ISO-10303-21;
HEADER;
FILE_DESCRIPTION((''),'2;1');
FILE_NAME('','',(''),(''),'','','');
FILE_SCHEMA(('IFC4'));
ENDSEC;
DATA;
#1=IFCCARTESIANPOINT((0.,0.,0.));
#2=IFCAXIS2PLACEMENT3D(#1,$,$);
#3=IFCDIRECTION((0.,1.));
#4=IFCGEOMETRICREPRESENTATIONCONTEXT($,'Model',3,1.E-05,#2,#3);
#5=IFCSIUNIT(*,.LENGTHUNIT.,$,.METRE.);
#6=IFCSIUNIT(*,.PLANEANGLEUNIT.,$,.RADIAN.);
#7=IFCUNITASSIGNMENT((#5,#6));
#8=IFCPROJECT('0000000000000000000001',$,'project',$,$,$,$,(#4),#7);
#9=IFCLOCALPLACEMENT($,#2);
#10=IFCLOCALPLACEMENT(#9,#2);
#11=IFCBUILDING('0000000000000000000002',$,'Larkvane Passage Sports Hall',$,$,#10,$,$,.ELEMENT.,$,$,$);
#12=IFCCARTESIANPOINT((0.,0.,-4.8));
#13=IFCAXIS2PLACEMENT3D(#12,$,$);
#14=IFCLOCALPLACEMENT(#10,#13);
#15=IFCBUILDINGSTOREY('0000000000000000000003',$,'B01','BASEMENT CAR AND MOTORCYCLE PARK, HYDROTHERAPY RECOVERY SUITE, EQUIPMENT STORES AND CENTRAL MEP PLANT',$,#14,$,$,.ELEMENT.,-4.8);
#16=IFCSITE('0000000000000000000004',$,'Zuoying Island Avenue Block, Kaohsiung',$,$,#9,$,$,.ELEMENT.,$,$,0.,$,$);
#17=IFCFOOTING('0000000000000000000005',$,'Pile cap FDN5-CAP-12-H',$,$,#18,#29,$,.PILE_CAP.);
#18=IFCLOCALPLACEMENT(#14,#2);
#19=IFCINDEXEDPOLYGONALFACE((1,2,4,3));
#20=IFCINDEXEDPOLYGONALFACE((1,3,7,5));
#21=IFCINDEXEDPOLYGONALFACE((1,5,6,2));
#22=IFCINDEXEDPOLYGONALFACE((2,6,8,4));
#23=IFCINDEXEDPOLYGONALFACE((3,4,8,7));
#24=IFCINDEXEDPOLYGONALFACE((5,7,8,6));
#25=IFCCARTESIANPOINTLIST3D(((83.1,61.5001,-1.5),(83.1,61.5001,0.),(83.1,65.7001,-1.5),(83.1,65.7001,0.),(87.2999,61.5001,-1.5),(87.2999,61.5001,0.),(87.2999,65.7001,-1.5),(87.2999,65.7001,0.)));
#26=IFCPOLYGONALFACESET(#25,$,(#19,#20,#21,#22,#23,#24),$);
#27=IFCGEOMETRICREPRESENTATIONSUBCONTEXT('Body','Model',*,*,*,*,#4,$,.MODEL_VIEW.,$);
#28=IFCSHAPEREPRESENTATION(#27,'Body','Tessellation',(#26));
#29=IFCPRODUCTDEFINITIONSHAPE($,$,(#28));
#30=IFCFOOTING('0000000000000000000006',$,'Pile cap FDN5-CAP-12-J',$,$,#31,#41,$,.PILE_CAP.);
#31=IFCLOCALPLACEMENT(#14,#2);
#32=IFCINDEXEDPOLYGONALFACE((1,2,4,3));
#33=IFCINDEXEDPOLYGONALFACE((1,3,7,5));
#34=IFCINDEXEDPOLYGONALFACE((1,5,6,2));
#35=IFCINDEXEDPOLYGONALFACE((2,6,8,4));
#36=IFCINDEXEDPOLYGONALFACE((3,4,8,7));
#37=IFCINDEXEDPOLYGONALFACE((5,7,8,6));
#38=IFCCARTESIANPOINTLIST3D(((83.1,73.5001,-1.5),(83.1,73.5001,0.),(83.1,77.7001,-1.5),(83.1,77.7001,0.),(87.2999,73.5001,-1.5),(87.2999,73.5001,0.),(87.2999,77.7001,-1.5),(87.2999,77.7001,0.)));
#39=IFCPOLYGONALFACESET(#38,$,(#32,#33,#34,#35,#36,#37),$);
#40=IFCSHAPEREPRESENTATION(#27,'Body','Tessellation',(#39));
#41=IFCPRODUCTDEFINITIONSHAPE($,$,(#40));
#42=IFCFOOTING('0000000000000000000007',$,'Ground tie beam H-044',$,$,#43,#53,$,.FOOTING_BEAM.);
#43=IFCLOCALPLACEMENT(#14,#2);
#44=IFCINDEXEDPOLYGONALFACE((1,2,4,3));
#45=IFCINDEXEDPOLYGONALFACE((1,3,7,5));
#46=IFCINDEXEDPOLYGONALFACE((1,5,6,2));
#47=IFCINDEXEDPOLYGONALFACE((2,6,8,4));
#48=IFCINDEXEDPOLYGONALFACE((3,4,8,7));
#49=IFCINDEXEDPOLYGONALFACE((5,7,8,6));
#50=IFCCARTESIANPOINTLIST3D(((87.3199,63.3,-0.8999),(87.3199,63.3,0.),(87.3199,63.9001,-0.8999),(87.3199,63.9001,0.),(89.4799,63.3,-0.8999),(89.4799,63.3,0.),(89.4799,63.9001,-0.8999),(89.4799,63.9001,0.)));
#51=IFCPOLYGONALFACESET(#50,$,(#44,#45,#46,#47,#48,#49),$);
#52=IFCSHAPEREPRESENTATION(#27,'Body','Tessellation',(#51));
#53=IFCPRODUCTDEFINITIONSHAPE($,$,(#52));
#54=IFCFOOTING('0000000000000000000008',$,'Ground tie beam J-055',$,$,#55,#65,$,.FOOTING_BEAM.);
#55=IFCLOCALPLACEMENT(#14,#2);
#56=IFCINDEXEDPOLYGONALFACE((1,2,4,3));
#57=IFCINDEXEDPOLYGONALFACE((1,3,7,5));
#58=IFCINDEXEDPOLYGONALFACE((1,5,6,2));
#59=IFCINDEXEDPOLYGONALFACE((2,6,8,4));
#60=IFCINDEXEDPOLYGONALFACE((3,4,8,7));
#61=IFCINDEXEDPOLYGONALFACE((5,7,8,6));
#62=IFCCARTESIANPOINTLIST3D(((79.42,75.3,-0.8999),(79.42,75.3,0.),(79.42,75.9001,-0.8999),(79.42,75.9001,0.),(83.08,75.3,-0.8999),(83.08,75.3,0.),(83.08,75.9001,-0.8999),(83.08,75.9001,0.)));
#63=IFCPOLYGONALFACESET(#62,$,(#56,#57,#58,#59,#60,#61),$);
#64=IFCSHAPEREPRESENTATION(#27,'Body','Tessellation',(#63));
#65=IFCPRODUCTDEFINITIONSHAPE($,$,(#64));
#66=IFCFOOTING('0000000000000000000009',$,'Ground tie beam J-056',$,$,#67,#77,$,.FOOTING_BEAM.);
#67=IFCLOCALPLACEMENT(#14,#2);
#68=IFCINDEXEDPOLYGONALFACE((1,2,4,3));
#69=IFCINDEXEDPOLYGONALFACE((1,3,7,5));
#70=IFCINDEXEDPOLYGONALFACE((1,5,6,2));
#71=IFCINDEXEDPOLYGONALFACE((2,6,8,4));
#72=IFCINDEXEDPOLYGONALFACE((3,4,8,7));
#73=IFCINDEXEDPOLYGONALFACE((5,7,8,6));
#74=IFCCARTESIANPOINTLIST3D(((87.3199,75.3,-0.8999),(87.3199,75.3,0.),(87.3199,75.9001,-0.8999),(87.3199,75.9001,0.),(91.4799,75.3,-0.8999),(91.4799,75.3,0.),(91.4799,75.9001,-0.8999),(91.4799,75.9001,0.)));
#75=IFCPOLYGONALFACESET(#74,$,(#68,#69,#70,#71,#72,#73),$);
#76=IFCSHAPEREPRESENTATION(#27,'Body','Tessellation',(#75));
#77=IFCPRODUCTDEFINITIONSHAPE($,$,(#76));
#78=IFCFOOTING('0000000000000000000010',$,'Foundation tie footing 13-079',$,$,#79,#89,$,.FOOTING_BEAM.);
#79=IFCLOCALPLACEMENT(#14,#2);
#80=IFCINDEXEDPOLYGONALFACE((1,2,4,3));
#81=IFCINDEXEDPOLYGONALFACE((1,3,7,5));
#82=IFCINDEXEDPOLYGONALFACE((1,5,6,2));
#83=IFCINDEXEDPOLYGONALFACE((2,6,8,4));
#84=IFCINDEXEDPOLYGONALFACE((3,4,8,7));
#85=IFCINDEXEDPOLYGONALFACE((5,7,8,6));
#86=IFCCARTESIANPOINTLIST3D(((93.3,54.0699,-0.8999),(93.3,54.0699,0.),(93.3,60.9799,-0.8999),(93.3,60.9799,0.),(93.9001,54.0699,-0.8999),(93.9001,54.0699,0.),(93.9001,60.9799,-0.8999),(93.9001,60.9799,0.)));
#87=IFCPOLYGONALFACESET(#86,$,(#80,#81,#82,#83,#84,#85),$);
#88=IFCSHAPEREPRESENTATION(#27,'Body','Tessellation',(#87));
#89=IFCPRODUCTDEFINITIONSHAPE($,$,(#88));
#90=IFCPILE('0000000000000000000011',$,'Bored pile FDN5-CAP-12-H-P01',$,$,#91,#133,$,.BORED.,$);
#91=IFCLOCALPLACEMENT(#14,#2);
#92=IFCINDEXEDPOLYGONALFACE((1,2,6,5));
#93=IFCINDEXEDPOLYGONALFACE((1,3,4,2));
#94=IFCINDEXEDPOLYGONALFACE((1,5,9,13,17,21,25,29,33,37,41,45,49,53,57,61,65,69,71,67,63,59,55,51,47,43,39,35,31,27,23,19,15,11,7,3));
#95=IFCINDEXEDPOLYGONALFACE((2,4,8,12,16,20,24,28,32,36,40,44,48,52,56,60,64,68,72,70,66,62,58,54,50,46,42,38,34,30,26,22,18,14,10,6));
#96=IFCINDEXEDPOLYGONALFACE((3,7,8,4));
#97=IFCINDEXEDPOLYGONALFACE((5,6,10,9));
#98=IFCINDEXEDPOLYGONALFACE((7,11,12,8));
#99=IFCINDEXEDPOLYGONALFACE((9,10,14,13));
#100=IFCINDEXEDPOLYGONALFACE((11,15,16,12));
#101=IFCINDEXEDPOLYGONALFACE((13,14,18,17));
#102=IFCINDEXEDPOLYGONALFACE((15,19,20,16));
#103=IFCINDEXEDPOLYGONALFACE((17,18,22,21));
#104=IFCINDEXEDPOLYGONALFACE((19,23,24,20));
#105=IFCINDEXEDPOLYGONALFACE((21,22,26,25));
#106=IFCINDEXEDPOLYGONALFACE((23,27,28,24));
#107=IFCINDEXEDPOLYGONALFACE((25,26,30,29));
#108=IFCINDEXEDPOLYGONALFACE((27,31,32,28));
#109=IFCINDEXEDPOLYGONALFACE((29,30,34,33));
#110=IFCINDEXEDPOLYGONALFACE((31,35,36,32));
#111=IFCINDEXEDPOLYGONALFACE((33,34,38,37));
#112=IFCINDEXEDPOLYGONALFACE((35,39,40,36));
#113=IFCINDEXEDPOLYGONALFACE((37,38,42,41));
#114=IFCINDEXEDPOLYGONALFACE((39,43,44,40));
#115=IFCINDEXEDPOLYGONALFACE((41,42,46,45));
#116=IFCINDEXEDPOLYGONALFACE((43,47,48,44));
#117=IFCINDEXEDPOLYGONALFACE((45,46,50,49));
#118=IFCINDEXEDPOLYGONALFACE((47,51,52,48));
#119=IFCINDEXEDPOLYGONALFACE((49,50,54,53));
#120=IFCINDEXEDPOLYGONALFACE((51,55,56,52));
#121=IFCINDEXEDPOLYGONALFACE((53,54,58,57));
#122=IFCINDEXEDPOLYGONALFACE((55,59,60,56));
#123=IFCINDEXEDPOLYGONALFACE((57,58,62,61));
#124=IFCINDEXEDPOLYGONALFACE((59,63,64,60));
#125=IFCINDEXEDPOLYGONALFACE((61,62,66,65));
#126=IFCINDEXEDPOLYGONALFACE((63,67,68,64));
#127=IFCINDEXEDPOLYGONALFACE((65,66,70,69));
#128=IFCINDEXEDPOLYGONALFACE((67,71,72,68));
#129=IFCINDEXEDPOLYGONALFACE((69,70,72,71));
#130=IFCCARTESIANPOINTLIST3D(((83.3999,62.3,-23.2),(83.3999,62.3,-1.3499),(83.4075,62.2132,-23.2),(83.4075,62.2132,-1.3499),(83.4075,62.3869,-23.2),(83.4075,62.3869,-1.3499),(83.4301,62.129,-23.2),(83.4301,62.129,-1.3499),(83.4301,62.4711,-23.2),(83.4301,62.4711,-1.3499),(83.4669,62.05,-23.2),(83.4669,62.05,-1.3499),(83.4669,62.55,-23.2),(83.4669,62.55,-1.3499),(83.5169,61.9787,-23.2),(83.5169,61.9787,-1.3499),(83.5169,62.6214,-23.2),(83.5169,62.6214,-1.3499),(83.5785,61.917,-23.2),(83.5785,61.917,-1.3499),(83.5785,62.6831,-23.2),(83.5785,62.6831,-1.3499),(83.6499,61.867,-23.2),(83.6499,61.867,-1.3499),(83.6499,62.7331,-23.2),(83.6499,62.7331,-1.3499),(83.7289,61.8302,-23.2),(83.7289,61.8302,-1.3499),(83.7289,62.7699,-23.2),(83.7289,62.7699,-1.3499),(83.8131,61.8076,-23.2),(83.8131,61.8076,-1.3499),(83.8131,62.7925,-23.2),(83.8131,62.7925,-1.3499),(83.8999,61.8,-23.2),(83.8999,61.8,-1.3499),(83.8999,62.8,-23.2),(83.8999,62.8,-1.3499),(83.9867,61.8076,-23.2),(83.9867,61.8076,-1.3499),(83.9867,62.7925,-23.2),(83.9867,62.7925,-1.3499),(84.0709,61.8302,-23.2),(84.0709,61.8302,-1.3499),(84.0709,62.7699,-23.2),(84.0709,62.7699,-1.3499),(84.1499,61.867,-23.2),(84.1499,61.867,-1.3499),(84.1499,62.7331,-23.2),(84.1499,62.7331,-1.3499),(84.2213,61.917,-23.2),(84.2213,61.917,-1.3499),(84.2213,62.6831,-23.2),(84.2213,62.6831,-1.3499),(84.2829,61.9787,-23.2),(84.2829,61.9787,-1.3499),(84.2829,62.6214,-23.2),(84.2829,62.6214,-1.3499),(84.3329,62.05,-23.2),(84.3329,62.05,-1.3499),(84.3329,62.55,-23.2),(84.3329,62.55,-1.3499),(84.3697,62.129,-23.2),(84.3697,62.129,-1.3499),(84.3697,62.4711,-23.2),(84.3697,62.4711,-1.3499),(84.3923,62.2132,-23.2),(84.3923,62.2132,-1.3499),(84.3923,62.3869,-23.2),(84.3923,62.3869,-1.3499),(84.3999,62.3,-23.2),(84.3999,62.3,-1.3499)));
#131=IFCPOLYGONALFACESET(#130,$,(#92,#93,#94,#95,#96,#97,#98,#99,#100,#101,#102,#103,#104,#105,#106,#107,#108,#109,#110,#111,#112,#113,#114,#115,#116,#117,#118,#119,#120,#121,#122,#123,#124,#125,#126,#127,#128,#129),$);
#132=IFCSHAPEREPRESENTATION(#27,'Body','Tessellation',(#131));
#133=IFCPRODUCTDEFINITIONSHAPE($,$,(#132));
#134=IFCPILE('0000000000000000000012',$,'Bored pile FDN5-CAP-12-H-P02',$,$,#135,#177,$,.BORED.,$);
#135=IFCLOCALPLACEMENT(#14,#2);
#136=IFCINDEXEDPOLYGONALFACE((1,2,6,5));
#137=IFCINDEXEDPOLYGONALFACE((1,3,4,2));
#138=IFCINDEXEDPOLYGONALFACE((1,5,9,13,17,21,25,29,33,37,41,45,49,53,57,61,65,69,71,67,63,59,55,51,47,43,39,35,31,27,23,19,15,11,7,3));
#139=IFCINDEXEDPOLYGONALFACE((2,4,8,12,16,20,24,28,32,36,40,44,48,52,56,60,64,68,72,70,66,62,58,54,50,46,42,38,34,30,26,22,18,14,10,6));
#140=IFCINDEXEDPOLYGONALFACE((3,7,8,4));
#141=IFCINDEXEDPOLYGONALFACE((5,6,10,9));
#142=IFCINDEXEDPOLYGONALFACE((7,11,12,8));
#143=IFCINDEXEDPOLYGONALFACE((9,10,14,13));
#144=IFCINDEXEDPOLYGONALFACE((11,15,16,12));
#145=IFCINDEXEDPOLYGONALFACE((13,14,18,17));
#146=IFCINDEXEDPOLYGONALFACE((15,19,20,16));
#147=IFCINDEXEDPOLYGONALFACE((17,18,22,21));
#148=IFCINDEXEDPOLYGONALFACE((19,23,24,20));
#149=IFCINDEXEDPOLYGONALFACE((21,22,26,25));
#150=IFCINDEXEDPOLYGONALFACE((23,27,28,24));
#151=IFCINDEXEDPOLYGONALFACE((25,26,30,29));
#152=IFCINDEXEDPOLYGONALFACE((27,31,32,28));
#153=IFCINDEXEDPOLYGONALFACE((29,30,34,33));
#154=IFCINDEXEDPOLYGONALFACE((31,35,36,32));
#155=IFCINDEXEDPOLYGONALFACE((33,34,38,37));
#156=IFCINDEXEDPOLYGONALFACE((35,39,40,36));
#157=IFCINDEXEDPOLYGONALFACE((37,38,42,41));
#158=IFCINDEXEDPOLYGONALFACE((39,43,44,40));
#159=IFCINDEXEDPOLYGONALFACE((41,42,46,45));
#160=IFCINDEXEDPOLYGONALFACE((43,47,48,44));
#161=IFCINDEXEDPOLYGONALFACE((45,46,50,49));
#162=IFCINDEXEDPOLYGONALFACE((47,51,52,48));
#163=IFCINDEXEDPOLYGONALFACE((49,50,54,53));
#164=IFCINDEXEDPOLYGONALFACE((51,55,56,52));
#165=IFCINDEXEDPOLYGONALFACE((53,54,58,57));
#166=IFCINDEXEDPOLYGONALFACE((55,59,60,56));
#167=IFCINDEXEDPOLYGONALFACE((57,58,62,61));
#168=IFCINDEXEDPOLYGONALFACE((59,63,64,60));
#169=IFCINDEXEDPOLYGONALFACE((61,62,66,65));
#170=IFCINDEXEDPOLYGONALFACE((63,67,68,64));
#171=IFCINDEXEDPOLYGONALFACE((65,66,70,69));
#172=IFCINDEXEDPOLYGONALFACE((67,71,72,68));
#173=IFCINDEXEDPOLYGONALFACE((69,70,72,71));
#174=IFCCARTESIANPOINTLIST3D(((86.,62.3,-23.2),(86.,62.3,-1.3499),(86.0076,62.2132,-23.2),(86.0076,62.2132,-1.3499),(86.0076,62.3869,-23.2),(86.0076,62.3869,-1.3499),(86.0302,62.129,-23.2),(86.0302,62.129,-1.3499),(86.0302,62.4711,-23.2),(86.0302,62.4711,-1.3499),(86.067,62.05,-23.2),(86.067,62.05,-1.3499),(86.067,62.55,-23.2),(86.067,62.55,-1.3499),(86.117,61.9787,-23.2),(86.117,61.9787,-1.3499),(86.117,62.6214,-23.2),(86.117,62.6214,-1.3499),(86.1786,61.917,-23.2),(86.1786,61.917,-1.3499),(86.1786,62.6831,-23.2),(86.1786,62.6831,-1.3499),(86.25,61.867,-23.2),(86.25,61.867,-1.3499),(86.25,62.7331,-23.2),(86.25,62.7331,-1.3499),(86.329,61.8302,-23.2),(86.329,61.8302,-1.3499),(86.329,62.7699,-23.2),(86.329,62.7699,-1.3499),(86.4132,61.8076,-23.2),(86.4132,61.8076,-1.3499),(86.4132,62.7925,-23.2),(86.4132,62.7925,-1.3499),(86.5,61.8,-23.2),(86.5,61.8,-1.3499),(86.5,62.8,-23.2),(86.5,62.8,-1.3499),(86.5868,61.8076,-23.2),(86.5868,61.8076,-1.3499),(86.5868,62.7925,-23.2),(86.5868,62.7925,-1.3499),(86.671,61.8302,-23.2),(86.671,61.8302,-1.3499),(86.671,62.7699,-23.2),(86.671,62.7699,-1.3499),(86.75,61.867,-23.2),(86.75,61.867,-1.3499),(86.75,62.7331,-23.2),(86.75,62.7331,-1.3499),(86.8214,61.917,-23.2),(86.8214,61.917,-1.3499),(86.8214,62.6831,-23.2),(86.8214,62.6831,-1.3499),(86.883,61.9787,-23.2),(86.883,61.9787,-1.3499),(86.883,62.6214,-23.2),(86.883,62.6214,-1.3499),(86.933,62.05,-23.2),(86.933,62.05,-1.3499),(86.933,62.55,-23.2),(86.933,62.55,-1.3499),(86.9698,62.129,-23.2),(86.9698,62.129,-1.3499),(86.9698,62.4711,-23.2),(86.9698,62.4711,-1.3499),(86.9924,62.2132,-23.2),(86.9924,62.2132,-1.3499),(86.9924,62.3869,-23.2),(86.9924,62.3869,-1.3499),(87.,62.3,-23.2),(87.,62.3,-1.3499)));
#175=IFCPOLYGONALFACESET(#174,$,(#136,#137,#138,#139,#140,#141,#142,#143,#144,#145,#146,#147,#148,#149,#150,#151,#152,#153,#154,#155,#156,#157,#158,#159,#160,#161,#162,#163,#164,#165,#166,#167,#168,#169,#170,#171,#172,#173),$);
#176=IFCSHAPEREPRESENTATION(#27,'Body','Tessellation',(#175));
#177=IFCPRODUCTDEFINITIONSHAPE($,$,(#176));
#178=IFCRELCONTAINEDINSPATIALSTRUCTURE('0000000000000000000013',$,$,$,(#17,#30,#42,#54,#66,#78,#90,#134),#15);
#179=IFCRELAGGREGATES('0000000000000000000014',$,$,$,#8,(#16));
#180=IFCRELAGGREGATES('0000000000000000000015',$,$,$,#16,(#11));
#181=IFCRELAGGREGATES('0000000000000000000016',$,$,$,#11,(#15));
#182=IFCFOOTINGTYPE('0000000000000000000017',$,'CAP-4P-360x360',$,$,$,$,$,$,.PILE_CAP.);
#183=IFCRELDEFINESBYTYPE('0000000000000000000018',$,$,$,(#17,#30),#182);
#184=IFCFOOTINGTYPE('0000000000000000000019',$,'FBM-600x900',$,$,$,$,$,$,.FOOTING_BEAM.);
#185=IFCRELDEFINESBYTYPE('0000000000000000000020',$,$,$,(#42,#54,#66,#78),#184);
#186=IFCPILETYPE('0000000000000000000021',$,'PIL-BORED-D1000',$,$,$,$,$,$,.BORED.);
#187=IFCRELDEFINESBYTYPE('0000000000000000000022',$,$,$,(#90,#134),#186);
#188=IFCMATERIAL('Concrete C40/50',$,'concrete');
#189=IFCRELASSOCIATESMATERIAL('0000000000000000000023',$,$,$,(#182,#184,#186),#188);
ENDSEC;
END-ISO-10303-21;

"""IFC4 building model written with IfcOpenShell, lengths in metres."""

from ifc_helpers import new_model, si_unit, direction, frame, origin, origin_2d, place, context, subcontext, project, spatial, rectangle, circle, extrude, material, material_profile, profile_set, type_object, element, save


model = new_model("IFC4")

# Units and contexts
model_context = context("Model", 3, precision=1e-05, world=origin(), true_north=direction((0.0, 1.0)))
body_context = subcontext(model_context, "Body", "Model", "MODEL_VIEW")
ifc_project = project(units=[si_unit("LENGTHUNIT", "METRE"), si_unit("PLANEANGLEUNIT", "RADIAN")], contexts=[model_context])

# Site, building, storey
site_placement = place(None, origin())
site = spatial("IfcSite", under=ifc_project, at=site_placement, Name="Zuoying Island Avenue Block, Kaohsiung", CompositionType="ELEMENT", RefElevation=0.0)
building_placement = place(site_placement, origin())
building = spatial("IfcBuilding", under=site, at=building_placement, Name="Larkvane Passage Sports Hall", CompositionType="ELEMENT")
storey_placement = place(building_placement, frame((0.0, 0.0, -4.8)))
storey = spatial("IfcBuildingStorey", under=building, at=storey_placement, Name="B01", Description="BASEMENT CAR AND MOTORCYCLE PARK, HYDROTHERAPY RECOVERY SUITE, EQUIPMENT STORES AND CENTRAL MEP PLANT", CompositionType="ELEMENT", Elevation=-4.8)

# Footings
ifc_material_1 = material(Name="Concrete C40/50", Category="concrete")
footing_type_1 = type_object("IfcFootingType", Name="CAP-4P-360x360", PredefinedType="PILE_CAP", material=ifc_material_1)
for number, where, z_axis, x_axis, name in (
    (1, (85.2, 63.6001, -1.5), (0.0, 0.0, 1.0), (1.0, 0.0, 0.0), "Pile cap FDN5-CAP-12-H"),
    (2, (85.2, 75.6001, -1.5), (0.0, 0.0, 1.0), (1.0, 0.0, 0.0), "Pile cap FDN5-CAP-12-J"),
):
    element("IfcFooting", number, at=place(storey_placement, frame(where, z_axis=z_axis, x_axis=x_axis)), inside=storey, type_object=footing_type_1, Name=name, PredefinedType="PILE_CAP", context=body_context, shape_type="SweptSolid", body=[
        extrude(rectangle(XDim=4.2, YDim=4.2, at=origin_2d()), origin(), (0.0, 0.0, 1.0), 1.5),
    ])
footing_type_2 = type_object("IfcFootingType", Name="FBM-600x900", PredefinedType="FOOTING_BEAM", material=ifc_material_1)
footing_1_placement = place(storey_placement, frame((88.3999, 63.6001, -0.8999), z_axis=(0.0, 0.0, 1.0), x_axis=(1.0, 0.0, 0.0)))
element("IfcFooting", 3, at=footing_1_placement, inside=storey, type_object=footing_type_2, Name="Ground tie beam H-044", PredefinedType="FOOTING_BEAM", context=body_context, shape_type="SweptSolid", body=[
    extrude(rectangle(XDim=2.1599, YDim=0.6001, at=origin_2d()), origin(), (0.0, 0.0, 1.0), 0.8999),
])
footing_2_placement = place(storey_placement, frame((81.25, 75.6001, -0.8999), z_axis=(0.0, 0.0, 1.0), x_axis=(1.0, 0.0, 0.0)))
element("IfcFooting", 4, at=footing_2_placement, inside=storey, type_object=footing_type_2, Name="Ground tie beam J-055", PredefinedType="FOOTING_BEAM", context=body_context, shape_type="SweptSolid", body=[
    extrude(rectangle(XDim=3.6599, YDim=0.6001, at=origin_2d()), origin(), (0.0, 0.0, 1.0), 0.8999),
])
footing_3_placement = place(storey_placement, frame((89.3999, 75.6001, -0.8999), z_axis=(0.0, 0.0, 1.0), x_axis=(1.0, 0.0, 0.0)))
element("IfcFooting", 5, at=footing_3_placement, inside=storey, type_object=footing_type_2, Name="Ground tie beam J-056", PredefinedType="FOOTING_BEAM", context=body_context, shape_type="SweptSolid", body=[
    extrude(rectangle(XDim=4.1599, YDim=0.6001, at=origin_2d()), origin(), (0.0, 0.0, 1.0), 0.8999),
])
footing_4_placement = place(storey_placement, frame((93.6001, 57.5249, -0.8999), z_axis=(0.0, 0.0, 1.0), x_axis=(1.0, 0.0, 0.0)))
element("IfcFooting", 6, at=footing_4_placement, inside=storey, type_object=footing_type_2, Name="Foundation tie footing 13-079", PredefinedType="FOOTING_BEAM", context=body_context, shape_type="SweptSolid", body=[
    extrude(rectangle(XDim=0.6001, YDim=6.9099, at=origin_2d()), origin(), (0.0, 0.0, 1.0), 0.8999),
])

# Piles
ifc_material_profile_1 = material_profile(ifc_material_1, circle(Radius=0.5, at=origin_2d()), Name="PILE-D1000")
ifc_profile_set_1 = profile_set([ifc_material_profile_1], Name="Concrete C40/50")
pile_type_1 = type_object("IfcPileType", Name="PIL-BORED-D1000", PredefinedType="BORED", material=ifc_profile_set_1)
for number, where, z_axis, x_axis, name in (
    (7, (83.8999, 62.3, -1.3499), (0.0, 0.0, -1.0), (1.0, 0.0, 0.0), "Bored pile FDN5-CAP-12-H-P01"),
    (8, (86.5, 62.3, -1.3499), (0.0, 0.0, -1.0), (1.0, 0.0, 0.0), "Bored pile FDN5-CAP-12-H-P02"),
):
    element("IfcPile", number, at=place(storey_placement, frame(where, z_axis=z_axis, x_axis=x_axis)), inside=storey, type_object=pile_type_1, Name=name, PredefinedType="BORED", context=body_context, shape_type="SweptSolid", body=[
        extrude(circle(Radius=0.5, at=origin_2d()), origin(), (0.0, 0.0, 1.0), 21.8501),
    ])

save(model, "model.ifc")
